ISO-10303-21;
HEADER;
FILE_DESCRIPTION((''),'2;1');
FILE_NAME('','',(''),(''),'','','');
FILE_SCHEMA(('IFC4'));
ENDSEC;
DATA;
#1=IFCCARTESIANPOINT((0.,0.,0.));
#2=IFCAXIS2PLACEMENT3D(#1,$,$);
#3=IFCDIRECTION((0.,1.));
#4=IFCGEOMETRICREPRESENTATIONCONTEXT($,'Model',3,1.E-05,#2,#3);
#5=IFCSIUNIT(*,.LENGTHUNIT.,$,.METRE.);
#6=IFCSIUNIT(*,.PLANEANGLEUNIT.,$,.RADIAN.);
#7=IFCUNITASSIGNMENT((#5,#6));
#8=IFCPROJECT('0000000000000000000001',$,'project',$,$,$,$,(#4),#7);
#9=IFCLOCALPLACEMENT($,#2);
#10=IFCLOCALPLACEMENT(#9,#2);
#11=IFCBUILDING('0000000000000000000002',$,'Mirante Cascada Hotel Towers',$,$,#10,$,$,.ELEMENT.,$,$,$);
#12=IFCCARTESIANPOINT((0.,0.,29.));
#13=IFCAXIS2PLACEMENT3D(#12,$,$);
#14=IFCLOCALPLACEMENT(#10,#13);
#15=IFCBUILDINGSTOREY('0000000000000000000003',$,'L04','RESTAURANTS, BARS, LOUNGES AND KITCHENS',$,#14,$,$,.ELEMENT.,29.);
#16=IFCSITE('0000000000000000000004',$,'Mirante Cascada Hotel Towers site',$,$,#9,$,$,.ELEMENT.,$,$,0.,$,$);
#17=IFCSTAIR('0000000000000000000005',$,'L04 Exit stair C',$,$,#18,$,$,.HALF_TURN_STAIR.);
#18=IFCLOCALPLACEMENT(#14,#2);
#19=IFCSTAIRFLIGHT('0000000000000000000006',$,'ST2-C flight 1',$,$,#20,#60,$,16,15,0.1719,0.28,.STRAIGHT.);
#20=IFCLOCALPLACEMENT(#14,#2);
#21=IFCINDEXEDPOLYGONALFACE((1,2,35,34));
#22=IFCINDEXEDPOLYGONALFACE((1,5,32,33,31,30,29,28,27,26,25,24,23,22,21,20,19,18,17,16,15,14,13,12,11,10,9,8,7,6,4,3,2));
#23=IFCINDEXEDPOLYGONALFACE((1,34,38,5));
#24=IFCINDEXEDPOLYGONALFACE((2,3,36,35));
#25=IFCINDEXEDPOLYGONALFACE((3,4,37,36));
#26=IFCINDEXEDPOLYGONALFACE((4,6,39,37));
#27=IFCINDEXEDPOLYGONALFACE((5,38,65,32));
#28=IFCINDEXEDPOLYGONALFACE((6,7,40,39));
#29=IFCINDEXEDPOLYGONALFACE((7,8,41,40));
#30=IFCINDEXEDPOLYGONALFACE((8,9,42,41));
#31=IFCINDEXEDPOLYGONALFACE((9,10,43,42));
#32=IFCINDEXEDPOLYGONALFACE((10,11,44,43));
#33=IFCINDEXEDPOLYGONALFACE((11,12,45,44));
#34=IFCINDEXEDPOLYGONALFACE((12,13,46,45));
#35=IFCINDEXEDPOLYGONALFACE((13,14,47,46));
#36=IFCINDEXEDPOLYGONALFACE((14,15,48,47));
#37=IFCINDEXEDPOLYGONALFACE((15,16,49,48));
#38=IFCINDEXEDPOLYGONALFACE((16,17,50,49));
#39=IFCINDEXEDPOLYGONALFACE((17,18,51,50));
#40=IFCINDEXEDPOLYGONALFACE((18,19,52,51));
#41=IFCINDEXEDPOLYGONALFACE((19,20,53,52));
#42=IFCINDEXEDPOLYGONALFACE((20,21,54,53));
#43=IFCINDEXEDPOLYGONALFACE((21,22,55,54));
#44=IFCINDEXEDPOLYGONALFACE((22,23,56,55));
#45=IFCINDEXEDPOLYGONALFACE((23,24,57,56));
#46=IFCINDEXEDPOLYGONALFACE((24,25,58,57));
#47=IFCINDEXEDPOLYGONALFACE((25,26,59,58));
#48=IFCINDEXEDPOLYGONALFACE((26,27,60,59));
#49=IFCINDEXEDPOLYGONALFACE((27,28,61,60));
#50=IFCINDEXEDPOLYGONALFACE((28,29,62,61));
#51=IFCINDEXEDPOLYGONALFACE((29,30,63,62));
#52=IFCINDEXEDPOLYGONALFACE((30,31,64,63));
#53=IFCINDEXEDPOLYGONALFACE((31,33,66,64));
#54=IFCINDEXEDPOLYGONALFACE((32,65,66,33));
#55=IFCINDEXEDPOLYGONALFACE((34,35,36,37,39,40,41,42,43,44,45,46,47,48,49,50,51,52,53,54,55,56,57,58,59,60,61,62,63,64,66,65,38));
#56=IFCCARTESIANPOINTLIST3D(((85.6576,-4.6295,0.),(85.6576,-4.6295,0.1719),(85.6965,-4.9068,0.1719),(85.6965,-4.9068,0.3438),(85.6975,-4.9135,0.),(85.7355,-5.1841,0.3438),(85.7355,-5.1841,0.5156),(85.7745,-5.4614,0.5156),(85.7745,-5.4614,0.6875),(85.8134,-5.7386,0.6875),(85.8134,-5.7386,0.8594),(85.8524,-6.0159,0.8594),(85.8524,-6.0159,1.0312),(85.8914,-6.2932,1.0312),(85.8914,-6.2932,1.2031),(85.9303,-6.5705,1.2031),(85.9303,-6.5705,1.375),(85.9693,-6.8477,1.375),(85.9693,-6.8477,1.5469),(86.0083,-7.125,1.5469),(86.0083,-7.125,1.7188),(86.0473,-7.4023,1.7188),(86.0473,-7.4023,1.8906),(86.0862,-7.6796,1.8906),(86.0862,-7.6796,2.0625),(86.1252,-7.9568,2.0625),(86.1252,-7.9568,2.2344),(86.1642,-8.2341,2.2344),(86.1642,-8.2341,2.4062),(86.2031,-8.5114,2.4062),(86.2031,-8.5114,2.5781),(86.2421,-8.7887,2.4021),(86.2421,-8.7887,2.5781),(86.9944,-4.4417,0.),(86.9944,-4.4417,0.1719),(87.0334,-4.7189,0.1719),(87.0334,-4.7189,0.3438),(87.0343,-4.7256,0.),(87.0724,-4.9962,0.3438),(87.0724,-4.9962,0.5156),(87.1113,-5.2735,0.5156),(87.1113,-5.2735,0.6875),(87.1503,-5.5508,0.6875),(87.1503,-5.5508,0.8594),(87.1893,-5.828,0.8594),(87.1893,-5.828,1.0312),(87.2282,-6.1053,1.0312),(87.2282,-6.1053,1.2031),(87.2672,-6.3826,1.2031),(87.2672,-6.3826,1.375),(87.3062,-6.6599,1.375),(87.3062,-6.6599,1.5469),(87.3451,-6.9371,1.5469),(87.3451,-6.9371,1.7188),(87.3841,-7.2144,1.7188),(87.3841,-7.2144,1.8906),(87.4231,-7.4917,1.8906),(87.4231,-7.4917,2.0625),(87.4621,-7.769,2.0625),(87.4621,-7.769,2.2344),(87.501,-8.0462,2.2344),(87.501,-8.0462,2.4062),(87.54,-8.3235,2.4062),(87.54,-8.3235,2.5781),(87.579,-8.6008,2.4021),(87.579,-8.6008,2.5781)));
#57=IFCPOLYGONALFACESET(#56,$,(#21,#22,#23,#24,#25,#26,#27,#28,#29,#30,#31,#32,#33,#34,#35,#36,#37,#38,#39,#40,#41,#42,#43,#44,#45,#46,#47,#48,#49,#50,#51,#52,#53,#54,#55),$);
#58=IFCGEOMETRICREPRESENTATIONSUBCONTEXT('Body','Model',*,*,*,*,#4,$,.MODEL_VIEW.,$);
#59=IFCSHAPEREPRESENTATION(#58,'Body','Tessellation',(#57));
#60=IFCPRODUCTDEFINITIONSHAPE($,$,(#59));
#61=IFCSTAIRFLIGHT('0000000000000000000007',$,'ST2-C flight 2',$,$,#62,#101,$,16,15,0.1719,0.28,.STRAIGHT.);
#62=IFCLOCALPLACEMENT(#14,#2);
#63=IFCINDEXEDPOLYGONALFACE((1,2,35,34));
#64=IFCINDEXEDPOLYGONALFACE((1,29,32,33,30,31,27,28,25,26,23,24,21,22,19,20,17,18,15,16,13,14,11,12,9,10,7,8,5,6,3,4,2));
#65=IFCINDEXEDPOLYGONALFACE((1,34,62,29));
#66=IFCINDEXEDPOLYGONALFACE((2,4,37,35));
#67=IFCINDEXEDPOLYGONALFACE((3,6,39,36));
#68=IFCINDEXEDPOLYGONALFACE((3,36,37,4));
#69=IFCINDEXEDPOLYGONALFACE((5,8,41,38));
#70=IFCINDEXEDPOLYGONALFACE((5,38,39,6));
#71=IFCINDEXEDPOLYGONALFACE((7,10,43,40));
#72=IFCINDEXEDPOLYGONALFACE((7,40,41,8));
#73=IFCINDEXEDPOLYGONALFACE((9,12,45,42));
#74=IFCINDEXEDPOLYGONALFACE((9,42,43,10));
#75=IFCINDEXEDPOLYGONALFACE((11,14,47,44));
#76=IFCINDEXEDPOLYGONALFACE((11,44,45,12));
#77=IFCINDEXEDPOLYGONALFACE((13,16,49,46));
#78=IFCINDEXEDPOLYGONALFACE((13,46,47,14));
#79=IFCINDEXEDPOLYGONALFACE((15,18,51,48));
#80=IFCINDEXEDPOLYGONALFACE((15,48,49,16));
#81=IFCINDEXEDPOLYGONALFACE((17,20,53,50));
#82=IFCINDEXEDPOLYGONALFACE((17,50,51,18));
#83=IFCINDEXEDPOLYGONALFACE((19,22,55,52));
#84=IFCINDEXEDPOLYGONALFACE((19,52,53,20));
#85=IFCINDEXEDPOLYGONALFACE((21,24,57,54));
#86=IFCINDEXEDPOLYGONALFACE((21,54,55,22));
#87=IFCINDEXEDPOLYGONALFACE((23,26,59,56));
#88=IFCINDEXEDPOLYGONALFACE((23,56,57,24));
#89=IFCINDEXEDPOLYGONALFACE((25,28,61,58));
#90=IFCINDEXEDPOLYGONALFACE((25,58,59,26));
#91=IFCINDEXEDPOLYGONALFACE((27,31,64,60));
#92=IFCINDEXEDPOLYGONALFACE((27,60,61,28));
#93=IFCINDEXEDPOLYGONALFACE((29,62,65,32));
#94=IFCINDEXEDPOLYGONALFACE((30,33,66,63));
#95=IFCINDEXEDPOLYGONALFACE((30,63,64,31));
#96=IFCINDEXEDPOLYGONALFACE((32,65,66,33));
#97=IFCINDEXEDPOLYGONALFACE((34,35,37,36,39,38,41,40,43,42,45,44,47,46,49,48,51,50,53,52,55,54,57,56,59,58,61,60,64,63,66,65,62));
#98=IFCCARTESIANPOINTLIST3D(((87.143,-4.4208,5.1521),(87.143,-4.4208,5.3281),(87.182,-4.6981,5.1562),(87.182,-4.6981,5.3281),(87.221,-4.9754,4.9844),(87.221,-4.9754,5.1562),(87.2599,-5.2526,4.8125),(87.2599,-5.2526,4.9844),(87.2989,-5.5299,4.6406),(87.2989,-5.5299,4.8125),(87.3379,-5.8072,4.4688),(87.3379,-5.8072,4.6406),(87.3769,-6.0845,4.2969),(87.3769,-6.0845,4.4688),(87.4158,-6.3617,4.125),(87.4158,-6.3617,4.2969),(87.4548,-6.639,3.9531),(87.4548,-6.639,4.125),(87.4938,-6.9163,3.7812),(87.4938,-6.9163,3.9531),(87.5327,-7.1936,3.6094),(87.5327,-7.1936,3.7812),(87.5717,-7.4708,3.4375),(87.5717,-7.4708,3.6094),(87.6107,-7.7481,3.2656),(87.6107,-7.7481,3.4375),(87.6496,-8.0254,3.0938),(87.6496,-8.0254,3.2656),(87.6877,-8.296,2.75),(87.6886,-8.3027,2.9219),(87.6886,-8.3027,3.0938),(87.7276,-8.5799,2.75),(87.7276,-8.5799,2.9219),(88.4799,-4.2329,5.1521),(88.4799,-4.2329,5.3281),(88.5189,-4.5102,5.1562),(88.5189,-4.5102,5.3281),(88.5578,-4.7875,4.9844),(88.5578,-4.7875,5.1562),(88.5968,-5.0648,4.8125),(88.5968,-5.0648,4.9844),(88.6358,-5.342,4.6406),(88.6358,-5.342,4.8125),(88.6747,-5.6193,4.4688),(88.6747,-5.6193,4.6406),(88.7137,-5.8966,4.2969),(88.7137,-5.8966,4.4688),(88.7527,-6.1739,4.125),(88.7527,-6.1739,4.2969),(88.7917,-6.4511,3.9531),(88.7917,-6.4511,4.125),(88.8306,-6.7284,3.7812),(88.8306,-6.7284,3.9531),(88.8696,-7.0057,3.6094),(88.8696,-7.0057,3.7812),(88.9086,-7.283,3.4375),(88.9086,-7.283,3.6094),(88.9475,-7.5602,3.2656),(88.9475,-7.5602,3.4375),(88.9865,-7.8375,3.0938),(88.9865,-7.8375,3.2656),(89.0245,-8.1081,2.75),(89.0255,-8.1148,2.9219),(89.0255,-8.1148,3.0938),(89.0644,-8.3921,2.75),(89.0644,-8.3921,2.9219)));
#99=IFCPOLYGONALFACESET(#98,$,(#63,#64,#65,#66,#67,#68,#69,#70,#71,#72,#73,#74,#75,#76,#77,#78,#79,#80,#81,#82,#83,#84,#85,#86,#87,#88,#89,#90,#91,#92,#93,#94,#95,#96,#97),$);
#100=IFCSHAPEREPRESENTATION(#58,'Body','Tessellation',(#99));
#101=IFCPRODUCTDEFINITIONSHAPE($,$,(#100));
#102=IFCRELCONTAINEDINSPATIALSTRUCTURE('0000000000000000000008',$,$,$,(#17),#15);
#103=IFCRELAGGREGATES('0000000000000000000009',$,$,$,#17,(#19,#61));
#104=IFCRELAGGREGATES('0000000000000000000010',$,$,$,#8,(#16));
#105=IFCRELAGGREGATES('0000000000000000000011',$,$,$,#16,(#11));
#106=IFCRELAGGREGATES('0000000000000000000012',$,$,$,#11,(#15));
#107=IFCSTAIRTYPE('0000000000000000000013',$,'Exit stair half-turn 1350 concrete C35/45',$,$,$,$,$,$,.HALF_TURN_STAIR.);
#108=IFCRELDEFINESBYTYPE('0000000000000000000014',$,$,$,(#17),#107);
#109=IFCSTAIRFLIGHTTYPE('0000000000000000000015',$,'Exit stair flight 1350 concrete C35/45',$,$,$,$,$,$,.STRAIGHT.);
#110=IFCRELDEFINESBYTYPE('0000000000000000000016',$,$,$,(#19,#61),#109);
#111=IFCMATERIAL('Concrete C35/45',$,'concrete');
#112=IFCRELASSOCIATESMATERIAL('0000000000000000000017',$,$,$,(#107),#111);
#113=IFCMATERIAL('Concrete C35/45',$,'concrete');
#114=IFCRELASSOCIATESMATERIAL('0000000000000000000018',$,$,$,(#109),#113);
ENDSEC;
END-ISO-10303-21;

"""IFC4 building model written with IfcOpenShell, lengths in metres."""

from ifc_helpers import new_model, si_unit, direction, frame, origin, place, context, subcontext, project, spatial, polyline, outline, extrude, material, type_object, element, aggregate, save


model = new_model("IFC4")

# Units and contexts
model_context = context("Model", 3, precision=1e-05, world=origin(), true_north=direction((0.0, 1.0)))
body_context = subcontext(model_context, "Body", "Model", "MODEL_VIEW")
ifc_project = project(units=[si_unit("LENGTHUNIT", "METRE"), si_unit("PLANEANGLEUNIT", "RADIAN")], contexts=[model_context])

# Site, building, storey
site_placement = place(None, origin())
site = spatial("IfcSite", under=ifc_project, at=site_placement, Name="Mirante Cascada Hotel Towers site", CompositionType="ELEMENT", RefElevation=0.0)
building_placement = place(site_placement, origin())
building = spatial("IfcBuilding", under=site, at=building_placement, Name="Mirante Cascada Hotel Towers", CompositionType="ELEMENT")
storey_placement = place(building_placement, frame((0.0, 0.0, 29.0)))
storey = spatial("IfcBuildingStorey", under=building, at=storey_placement, Name="L04", Description="RESTAURANTS, BARS, LOUNGES AND KITCHENS", CompositionType="ELEMENT", Elevation=29.0)

# Stair, stair flights
ifc_material_1 = material(Name="Concrete C35/45", Category="concrete")
stair_type = type_object("IfcStairType", Name="Exit stair half-turn 1350 concrete C35/45", PredefinedType="HALF_TURN_STAIR", material=ifc_material_1)
stair_placement = place(storey_placement, origin())
stair = element("IfcStair", 1, at=stair_placement, inside=storey, type_object=stair_type, Name="L04 Exit stair C", PredefinedType="HALF_TURN_STAIR")
ifc_material_2 = material(Name="Concrete C35/45", Category="concrete")
stair_flight_type = type_object("IfcStairFlightType", Name="Exit stair flight 1350 concrete C35/45", PredefinedType="STRAIGHT", material=ifc_material_2)
stair_flight_1_placement = place(storey_placement, frame((86.326, -4.5356, 0.0), z_axis=(0.0, 0.0, 1.0), x_axis=(0.139173, -0.990268, 0.0)))
stair_flight_1 = element("IfcStairFlight", 2, at=stair_flight_1_placement, type_object=stair_flight_type, Name="ST2-C flight 1", NumberOfRisers=16, NumberOfTreads=15, PredefinedType="STRAIGHT", RiserHeight=0.1719, TreadLength=0.28, context=body_context, shape_type="SweptSolid", body=[
    extrude(outline(polyline([(0.0, 0.0), (0.0, 0.1719), (0.28, 0.1719), (0.28, 0.3438), (0.56, 0.3438), (0.56, 0.5156), (0.84, 0.5156), (0.84, 0.6875), (1.12, 0.6875), (1.12, 0.8594), (1.4, 0.8594), (1.4, 1.0312), (1.68, 1.0312), (1.68, 1.2031), (1.96, 1.2031), (1.96, 1.375), (2.24, 1.375), (2.24, 1.5469), (2.52, 1.5469), (2.52, 1.7188), (2.8, 1.7188), (2.8, 1.8906), (3.08, 1.8906), (3.08, 2.0625), (3.36, 2.0625), (3.36, 2.2344), (3.64, 2.2344), (3.64, 2.4062), (3.92, 2.4062), (3.92, 2.5781), (4.2, 2.5781), (4.2, 2.75), (4.2, 2.4021), (0.2867, 0.0), (0.0, 0.0)])), frame((0.0, 0.675, 0.0), z_axis=(0.0, -1.0, 0.0), x_axis=(1.0, 0.0, 0.0)), (0.0, 0.0, 1.0), 1.35),
])
stair_flight_2_placement = place(storey_placement, frame((88.396, -8.486, 2.75), z_axis=(0.0, 0.0, 1.0), x_axis=(-0.139173, 0.990268, 0.0)))
stair_flight_2 = element("IfcStairFlight", 3, at=stair_flight_2_placement, type_object=stair_flight_type, Name="ST2-C flight 2", NumberOfRisers=16, NumberOfTreads=15, PredefinedType="STRAIGHT", RiserHeight=0.1719, TreadLength=0.28, context=body_context, shape_type="SweptSolid", body=[
    extrude(outline(polyline([(0.0, 0.0), (0.0, 0.1719), (0.28, 0.1719), (0.28, 0.3438), (0.56, 0.3438), (0.56, 0.5156), (0.84, 0.5156), (0.84, 0.6875), (1.12, 0.6875), (1.12, 0.8594), (1.4, 0.8594), (1.4, 1.0312), (1.68, 1.0312), (1.68, 1.2031), (1.96, 1.2031), (1.96, 1.375), (2.24, 1.375), (2.24, 1.5469), (2.52, 1.5469), (2.52, 1.7188), (2.8, 1.7188), (2.8, 1.8906), (3.08, 1.8906), (3.08, 2.0625), (3.36, 2.0625), (3.36, 2.2344), (3.64, 2.2344), (3.64, 2.4062), (3.92, 2.4062), (3.92, 2.5781), (4.2, 2.5781), (4.2, 2.75), (4.2, 2.4021), (0.2867, 0.0), (0.0, 0.0)])), frame((0.0, 0.675, 0.0), z_axis=(0.0, -1.0, 0.0), x_axis=(1.0, 0.0, 0.0)), (0.0, 0.0, 1.0), 1.35),
])
aggregate(stair, [stair_flight_1, stair_flight_2])

save(model, "model.ifc")
